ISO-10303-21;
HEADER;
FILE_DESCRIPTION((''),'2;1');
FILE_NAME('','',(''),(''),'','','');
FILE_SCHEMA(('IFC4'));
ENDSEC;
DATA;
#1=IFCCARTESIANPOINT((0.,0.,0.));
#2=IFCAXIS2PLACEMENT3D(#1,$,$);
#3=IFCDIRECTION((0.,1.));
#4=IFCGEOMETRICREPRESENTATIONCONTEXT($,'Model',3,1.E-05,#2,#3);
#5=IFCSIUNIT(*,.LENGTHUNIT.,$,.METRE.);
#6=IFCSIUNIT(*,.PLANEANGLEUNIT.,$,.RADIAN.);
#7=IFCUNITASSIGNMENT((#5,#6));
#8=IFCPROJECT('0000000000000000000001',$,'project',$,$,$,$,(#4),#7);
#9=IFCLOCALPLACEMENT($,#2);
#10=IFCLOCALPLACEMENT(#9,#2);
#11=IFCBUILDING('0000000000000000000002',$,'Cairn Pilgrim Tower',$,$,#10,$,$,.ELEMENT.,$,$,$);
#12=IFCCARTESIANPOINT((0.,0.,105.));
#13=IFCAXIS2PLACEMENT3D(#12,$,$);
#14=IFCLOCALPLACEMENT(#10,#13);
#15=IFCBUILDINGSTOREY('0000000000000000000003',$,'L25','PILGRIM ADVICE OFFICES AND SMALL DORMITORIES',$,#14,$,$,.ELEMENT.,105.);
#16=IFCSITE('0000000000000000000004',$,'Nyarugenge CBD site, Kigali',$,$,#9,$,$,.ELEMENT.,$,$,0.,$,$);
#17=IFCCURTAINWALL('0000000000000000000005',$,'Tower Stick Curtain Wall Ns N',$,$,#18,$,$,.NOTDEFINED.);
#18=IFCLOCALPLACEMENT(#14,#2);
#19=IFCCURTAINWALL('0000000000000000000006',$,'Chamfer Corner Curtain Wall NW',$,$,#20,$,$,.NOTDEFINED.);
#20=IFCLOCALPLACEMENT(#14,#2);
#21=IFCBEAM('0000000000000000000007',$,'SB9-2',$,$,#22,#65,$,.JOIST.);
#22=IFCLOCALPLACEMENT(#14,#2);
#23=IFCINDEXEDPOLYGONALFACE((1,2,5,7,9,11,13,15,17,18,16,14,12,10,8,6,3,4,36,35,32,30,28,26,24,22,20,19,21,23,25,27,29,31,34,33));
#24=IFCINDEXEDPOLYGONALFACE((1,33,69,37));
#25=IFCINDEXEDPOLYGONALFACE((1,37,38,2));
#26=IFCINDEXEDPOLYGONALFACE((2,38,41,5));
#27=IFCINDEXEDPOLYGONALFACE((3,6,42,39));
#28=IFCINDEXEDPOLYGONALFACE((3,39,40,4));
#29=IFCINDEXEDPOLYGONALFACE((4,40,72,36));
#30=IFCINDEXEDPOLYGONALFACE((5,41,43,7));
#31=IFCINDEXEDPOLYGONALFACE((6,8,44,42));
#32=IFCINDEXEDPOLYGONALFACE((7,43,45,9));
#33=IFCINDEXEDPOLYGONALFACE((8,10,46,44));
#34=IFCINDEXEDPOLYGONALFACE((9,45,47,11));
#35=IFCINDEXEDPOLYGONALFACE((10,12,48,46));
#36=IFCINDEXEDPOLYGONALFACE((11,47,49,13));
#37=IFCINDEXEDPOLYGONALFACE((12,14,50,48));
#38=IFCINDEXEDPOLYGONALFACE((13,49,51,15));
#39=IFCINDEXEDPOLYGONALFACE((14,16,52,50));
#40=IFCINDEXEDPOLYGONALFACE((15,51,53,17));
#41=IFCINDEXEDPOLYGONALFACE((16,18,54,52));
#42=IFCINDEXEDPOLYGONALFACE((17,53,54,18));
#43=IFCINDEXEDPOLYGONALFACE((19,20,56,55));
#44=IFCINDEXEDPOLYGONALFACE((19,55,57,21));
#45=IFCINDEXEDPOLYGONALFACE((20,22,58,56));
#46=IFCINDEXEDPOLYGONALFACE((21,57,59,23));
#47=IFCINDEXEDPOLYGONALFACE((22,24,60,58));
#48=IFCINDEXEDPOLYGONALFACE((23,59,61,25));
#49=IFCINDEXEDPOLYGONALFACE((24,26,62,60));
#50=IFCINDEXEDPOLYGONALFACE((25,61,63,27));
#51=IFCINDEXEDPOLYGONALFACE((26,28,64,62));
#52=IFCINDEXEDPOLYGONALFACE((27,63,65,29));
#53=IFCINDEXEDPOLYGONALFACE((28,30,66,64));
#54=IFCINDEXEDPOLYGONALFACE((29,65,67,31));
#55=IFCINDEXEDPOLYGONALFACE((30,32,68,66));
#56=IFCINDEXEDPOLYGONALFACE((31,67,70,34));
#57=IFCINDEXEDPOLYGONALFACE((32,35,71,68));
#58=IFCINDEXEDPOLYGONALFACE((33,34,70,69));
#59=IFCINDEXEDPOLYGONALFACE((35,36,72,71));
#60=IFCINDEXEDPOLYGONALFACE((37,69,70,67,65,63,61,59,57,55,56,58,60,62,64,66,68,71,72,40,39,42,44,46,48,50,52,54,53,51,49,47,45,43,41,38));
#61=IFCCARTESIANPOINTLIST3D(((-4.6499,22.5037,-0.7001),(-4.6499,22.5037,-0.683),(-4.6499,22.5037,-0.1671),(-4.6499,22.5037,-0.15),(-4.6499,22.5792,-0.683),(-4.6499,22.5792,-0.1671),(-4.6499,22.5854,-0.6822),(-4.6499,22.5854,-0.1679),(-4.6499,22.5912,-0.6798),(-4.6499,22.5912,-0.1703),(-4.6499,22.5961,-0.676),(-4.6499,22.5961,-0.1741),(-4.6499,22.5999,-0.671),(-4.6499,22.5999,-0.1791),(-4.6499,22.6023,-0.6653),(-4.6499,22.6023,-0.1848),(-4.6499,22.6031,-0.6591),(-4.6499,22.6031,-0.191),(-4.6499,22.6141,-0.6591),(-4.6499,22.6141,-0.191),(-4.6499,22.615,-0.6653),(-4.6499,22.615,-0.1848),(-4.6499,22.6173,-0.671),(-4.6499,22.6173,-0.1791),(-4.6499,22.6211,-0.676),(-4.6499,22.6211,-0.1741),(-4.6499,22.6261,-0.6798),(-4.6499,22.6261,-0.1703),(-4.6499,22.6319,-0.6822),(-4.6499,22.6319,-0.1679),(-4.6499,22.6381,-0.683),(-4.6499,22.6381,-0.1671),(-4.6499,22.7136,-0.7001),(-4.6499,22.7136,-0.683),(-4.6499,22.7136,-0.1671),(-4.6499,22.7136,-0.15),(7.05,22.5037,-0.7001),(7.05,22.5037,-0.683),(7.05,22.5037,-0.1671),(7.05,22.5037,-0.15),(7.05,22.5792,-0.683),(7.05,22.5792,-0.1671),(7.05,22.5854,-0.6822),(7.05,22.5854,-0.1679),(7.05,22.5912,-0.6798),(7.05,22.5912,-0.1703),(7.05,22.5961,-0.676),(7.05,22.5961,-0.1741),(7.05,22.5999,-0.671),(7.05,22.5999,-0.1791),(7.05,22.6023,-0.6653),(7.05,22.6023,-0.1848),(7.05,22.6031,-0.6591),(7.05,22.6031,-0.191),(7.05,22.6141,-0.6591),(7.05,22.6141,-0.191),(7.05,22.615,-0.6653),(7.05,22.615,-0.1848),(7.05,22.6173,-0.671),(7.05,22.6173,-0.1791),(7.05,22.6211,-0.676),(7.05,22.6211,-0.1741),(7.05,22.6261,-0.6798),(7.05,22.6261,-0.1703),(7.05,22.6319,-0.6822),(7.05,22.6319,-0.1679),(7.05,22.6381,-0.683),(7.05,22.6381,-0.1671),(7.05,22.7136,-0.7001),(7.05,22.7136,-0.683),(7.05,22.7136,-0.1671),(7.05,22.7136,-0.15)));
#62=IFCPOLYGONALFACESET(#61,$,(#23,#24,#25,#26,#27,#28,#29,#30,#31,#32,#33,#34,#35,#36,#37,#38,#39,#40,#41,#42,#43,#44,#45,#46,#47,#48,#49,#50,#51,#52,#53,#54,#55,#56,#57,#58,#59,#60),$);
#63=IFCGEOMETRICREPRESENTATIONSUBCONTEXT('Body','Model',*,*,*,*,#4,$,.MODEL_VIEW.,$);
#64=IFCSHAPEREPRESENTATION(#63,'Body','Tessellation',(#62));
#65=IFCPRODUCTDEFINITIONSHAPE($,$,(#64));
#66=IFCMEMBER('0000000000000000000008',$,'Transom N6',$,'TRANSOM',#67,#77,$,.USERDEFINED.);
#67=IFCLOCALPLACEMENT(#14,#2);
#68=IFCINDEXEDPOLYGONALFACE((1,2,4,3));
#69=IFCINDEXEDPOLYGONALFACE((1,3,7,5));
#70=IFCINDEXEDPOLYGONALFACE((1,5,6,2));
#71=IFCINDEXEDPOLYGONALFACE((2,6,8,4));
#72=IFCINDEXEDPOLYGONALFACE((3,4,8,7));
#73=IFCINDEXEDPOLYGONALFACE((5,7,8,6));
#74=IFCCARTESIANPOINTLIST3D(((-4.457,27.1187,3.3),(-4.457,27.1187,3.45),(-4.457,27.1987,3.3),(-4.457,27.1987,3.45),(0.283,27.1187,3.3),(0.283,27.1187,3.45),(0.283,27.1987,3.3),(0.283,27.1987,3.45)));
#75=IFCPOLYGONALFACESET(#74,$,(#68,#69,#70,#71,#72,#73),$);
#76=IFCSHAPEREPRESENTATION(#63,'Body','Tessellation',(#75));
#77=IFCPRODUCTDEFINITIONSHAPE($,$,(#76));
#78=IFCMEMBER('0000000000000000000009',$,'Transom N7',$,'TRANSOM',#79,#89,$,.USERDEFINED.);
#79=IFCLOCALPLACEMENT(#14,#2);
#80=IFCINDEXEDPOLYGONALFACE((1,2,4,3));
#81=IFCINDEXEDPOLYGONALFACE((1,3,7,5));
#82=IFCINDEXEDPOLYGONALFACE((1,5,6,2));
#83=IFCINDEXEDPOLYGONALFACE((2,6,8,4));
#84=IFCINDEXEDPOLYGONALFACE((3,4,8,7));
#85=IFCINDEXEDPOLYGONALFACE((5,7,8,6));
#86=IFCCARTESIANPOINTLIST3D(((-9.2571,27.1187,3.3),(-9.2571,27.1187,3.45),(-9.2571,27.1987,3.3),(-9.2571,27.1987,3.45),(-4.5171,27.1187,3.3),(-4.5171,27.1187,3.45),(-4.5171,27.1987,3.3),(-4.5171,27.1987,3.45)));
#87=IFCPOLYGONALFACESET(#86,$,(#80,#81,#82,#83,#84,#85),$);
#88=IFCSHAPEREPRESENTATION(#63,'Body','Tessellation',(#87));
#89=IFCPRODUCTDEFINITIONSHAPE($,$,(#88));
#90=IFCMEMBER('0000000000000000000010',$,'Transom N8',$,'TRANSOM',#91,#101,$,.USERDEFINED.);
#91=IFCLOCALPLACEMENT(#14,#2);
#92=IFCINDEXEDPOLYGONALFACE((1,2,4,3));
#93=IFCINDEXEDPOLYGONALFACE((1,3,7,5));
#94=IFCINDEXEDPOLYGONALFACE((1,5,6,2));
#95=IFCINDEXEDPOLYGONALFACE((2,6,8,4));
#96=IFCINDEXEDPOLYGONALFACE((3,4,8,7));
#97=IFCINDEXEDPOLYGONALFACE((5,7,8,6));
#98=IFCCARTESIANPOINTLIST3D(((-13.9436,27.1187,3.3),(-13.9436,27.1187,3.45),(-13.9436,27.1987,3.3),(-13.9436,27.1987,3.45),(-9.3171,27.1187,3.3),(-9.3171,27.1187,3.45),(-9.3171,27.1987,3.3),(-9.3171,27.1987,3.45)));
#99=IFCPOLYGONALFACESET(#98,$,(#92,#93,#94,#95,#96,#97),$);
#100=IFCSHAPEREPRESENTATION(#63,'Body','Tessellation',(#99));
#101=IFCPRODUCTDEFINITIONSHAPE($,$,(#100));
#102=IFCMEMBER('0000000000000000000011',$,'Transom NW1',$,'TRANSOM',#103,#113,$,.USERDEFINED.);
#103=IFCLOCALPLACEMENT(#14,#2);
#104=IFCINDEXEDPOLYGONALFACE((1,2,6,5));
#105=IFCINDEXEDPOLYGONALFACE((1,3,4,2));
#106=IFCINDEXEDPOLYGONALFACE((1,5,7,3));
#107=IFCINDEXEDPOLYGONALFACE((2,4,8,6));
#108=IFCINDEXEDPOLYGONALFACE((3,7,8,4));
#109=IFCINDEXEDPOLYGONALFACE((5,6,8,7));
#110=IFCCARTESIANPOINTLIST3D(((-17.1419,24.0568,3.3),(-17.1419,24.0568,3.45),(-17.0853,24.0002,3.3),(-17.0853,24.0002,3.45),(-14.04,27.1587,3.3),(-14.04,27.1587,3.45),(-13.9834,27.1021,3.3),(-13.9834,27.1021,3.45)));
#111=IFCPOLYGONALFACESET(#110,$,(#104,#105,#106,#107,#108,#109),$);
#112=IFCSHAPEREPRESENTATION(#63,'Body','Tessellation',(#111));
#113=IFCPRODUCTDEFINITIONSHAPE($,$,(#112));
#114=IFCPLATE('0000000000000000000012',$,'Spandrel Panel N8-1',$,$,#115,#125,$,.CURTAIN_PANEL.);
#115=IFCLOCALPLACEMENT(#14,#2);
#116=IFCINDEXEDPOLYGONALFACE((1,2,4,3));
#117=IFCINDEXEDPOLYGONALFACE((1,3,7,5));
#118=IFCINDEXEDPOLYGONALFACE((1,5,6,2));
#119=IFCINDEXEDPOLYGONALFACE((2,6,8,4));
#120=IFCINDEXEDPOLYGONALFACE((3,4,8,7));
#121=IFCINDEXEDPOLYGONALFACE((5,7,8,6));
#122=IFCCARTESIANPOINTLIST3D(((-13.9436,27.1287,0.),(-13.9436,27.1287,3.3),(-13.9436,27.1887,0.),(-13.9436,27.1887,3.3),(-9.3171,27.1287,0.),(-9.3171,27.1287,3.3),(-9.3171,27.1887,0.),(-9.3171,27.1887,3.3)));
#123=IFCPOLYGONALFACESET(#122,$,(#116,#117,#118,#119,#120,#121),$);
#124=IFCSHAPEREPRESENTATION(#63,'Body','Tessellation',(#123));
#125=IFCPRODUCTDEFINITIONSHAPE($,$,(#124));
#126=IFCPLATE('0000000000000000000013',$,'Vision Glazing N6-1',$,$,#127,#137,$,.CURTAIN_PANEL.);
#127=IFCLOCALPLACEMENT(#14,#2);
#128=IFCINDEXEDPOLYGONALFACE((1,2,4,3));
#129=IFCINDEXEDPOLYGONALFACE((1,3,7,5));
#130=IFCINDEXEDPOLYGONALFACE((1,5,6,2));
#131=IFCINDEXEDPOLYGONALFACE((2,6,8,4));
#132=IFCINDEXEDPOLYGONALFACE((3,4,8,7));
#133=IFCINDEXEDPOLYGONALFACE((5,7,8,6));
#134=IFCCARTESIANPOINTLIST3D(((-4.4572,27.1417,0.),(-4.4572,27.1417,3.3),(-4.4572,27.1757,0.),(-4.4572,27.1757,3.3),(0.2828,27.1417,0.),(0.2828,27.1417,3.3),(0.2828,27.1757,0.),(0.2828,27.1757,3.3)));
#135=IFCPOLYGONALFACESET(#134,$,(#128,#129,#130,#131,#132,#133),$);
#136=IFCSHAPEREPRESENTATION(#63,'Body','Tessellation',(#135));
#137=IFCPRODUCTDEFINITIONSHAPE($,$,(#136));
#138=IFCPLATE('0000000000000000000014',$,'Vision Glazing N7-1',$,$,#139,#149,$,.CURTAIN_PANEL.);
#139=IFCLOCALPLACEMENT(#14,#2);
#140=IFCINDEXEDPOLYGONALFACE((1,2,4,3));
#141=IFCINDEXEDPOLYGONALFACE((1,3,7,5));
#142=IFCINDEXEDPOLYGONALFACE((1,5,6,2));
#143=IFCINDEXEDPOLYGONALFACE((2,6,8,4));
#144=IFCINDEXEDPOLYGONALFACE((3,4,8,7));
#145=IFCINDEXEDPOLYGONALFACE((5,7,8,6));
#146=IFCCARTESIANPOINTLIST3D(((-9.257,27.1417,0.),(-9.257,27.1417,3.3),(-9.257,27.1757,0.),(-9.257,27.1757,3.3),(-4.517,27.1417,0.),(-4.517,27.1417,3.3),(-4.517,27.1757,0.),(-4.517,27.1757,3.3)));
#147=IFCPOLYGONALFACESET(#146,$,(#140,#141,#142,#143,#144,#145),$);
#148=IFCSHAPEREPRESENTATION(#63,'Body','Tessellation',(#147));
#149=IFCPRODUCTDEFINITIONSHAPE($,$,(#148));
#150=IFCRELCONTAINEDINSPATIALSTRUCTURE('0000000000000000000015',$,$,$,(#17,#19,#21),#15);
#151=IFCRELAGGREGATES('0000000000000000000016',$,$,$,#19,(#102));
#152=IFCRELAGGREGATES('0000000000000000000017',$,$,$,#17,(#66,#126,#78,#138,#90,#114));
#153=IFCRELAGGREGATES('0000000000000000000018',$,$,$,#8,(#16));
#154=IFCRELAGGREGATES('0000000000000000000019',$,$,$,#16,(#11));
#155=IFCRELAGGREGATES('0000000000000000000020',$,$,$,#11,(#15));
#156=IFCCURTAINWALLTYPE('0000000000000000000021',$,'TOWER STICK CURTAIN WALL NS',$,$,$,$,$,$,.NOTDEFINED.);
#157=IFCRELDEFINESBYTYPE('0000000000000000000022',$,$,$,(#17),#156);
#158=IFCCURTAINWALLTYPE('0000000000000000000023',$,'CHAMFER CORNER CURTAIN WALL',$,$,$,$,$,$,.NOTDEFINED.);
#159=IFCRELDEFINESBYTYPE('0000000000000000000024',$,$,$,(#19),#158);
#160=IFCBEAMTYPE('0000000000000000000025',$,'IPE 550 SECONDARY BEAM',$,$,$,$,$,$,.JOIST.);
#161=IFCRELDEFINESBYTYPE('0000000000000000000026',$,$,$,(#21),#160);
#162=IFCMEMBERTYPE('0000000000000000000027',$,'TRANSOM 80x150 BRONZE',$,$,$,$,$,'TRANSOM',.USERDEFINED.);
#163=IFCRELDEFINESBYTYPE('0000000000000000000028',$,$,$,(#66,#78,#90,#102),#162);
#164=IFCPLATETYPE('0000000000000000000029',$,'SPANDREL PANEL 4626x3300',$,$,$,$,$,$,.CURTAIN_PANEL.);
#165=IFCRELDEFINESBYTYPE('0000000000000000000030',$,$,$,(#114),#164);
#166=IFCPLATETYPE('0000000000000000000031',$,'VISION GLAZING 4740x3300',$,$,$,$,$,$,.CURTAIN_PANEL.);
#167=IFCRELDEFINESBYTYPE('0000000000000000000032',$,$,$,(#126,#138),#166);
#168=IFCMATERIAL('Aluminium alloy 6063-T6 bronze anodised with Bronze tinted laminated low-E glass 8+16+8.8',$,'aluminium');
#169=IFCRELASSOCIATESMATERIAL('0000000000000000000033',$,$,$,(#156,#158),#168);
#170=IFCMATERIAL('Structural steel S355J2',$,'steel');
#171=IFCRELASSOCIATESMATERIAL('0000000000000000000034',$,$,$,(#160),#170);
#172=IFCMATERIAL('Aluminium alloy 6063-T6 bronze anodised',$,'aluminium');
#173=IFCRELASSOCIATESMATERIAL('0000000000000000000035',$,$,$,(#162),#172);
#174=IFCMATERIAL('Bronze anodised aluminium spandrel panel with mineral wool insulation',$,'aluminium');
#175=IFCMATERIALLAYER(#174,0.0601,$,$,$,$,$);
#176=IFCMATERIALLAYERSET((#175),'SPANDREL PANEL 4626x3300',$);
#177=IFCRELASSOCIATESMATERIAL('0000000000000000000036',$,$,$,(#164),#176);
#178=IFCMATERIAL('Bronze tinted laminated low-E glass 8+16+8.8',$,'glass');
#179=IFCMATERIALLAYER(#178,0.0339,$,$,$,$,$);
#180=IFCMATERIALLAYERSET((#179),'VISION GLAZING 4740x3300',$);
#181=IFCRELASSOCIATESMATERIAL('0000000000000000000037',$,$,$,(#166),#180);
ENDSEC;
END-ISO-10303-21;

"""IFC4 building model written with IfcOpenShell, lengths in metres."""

from ifc_helpers import new_model, si_unit, direction, frame, origin, origin_2d, place, context, subcontext, project, spatial, rectangle, i_section, extrude, material, layer, layer_set, material_profile, profile_set, type_object, element, aggregate, save


model = new_model("IFC4")

# Units and contexts
model_context = context("Model", 3, precision=1e-05, world=origin(), true_north=direction((0.0, 1.0)))
body_context = subcontext(model_context, "Body", "Model", "MODEL_VIEW")
ifc_project = project(units=[si_unit("LENGTHUNIT", "METRE"), si_unit("PLANEANGLEUNIT", "RADIAN")], contexts=[model_context])

# Site, building, storey
site_placement = place(None, origin())
site = spatial("IfcSite", under=ifc_project, at=site_placement, Name="Nyarugenge CBD site, Kigali", CompositionType="ELEMENT", RefElevation=0.0)
building_placement = place(site_placement, origin())
building = spatial("IfcBuilding", under=site, at=building_placement, Name="Cairn Pilgrim Tower", CompositionType="ELEMENT")
storey_placement = place(building_placement, frame((0.0, 0.0, 105.0)))
storey = spatial("IfcBuildingStorey", under=building, at=storey_placement, Name="L25", Description="PILGRIM ADVICE OFFICES AND SMALL DORMITORIES", CompositionType="ELEMENT", Elevation=105.0)

# Shared definitions
ifc_material_1 = material(Name="Structural steel S355J2", Category="steel")

# Curtain wall
ifc_material_2 = material(Name="Aluminium alloy 6063-T6 bronze anodised with Bronze tinted laminated low-E glass 8+16+8.8", Category="aluminium")
curtain_wall_type_1 = type_object("IfcCurtainWallType", Name="TOWER STICK CURTAIN WALL NS", PredefinedType="NOTDEFINED", material=ifc_material_2)
curtain_wall_1_placement = place(storey_placement, origin())
curtain_wall_1 = element("IfcCurtainWall", 1, at=curtain_wall_1_placement, inside=storey, type_object=curtain_wall_type_1, Name="Tower Stick Curtain Wall Ns N", PredefinedType="NOTDEFINED")
ifc_material_3 = material(Name="Aluminium alloy 6063-T6 bronze anodised", Category="aluminium")

# Curtain wall
curtain_wall_type_2 = type_object("IfcCurtainWallType", Name="CHAMFER CORNER CURTAIN WALL", PredefinedType="NOTDEFINED", material=ifc_material_2)
curtain_wall_2_placement = place(storey_placement, origin())
curtain_wall_2 = element("IfcCurtainWall", 2, at=curtain_wall_2_placement, inside=storey, type_object=curtain_wall_type_2, Name="Chamfer Corner Curtain Wall NW", PredefinedType="NOTDEFINED")

# Beam
ifc_material_profile_1 = material_profile(ifc_material_1, i_section(OverallWidth=0.21, OverallDepth=0.55, WebThickness=0.011, FlangeThickness=0.0171, FilletRadius=0.0239, at=origin_2d()), Name="IPE 550")
ifc_profile_set_1 = profile_set([ifc_material_profile_1], Name="Structural steel S355J2")
beam_type_1 = type_object("IfcBeamType", Name="IPE 550 SECONDARY BEAM", PredefinedType="JOIST", material=ifc_profile_set_1)
for number, where, z_axis, x_axis, name in (
    (3, (-4.6499, 22.6086, -0.425), (1.0, 0.0, 0.0), (0.0, 1.0, 0.0), "SB9-2"),
):
    element("IfcBeam", number, at=place(storey_placement, frame(where, z_axis=z_axis, x_axis=x_axis)), inside=storey, type_object=beam_type_1, Name=name, PredefinedType="JOIST", context=body_context, shape_type="SweptSolid", body=[
        extrude(i_section(OverallWidth=0.21, OverallDepth=0.55, WebThickness=0.011, FlangeThickness=0.0171, FilletRadius=0.0239, at=origin_2d()), origin(), (0.0, 0.0, 1.0), 11.7),
    ])

# Members
ifc_material_profile_2 = material_profile(ifc_material_3, rectangle(XDim=0.0801, YDim=0.1499, at=origin_2d()), Name="TRANSOM 80x150 BRONZE")
ifc_profile_set_2 = profile_set([ifc_material_profile_2], Name="Aluminium alloy 6063-T6 bronze anodised")
member_type_1 = type_object("IfcMemberType", Name="TRANSOM 80x150 BRONZE", ElementType="TRANSOM", PredefinedType="USERDEFINED", material=ifc_profile_set_2)
member_1_placement = place(storey_placement, frame((0.283, 27.1587, 3.375), z_axis=(-1.0, 0.0, 0.0), x_axis=(0.0, -1.0, 0.0)))
member_1 = element("IfcMember", 4, at=member_1_placement, type_object=member_type_1, Name="Transom N6", ObjectType="TRANSOM", PredefinedType="USERDEFINED", context=body_context, shape_type="SweptSolid", body=[
    extrude(rectangle(XDim=0.0801, YDim=0.1499, at=origin_2d()), origin(), (0.0, 0.0, 1.0), 4.74),
])
member_2_placement = place(storey_placement, frame((-4.5171, 27.1587, 3.375), z_axis=(-1.0, 0.0, 0.0), x_axis=(0.0, -1.0, 0.0)))
member_2 = element("IfcMember", 5, at=member_2_placement, type_object=member_type_1, Name="Transom N7", ObjectType="TRANSOM", PredefinedType="USERDEFINED", context=body_context, shape_type="SweptSolid", body=[
    extrude(rectangle(XDim=0.0801, YDim=0.1499, at=origin_2d()), origin(), (0.0, 0.0, 1.0), 4.74),
])
member_3_placement = place(storey_placement, frame((-9.3171, 27.1587, 3.375), z_axis=(-1.0, 0.0, 0.0), x_axis=(0.0, -1.0, 0.0)))
member_3 = element("IfcMember", 6, at=member_3_placement, type_object=member_type_1, Name="Transom N8", ObjectType="TRANSOM", PredefinedType="USERDEFINED", context=body_context, shape_type="SweptSolid", body=[
    extrude(rectangle(XDim=0.0801, YDim=0.1499, at=origin_2d()), origin(), (0.0, 0.0, 1.0), 4.6265),
])
member_4_placement = place(storey_placement, frame((-14.0117, 27.1304, 3.375), z_axis=(-0.707107, -0.707107, 0.0), x_axis=(0.707107, -0.707107, 0.0)))
member_4 = element("IfcMember", 7, at=member_4_placement, type_object=member_type_1, Name="Transom NW1", ObjectType="TRANSOM", PredefinedType="USERDEFINED", context=body_context, shape_type="SweptSolid", body=[
    extrude(rectangle(XDim=0.0801, YDim=0.1499, at=origin_2d()), origin(), (0.0, 0.0, 1.0), 4.3867),
])
aggregate(curtain_wall_2, [member_4])

# Plates
ifc_material_4 = material(Name="Bronze anodised aluminium spandrel panel with mineral wool insulation", Category="aluminium")
ifc_layer_1 = layer(ifc_material_4, 0.0601)
ifc_layer_set_1 = layer_set([ifc_layer_1], Name="SPANDREL PANEL 4626x3300")
plate_type_1 = type_object("IfcPlateType", Name="SPANDREL PANEL 4626x3300", PredefinedType="CURTAIN_PANEL", material=ifc_layer_set_1)
plate_1_placement = place(storey_placement, frame((-11.6304, 27.1587, 0.0), z_axis=(0.0, 0.0, 1.0), x_axis=(-1.0, 0.0, 0.0)))
plate_1 = element("IfcPlate", 8, at=plate_1_placement, type_object=plate_type_1, Name="Spandrel Panel N8-1", PredefinedType="CURTAIN_PANEL", context=body_context, shape_type="SweptSolid", body=[
    extrude(rectangle(XDim=4.6265, YDim=0.0601, at=origin_2d()), origin(), (0.0, 0.0, 1.0), 3.3),
])
ifc_material_5 = material(Name="Bronze tinted laminated low-E glass 8+16+8.8", Category="glass")
ifc_layer_2 = layer(ifc_material_5, 0.0339)
ifc_layer_set_2 = layer_set([ifc_layer_2], Name="VISION GLAZING 4740x3300")
plate_type_2 = type_object("IfcPlateType", Name="VISION GLAZING 4740x3300", PredefinedType="CURTAIN_PANEL", material=ifc_layer_set_2)
plate_2_placement = place(storey_placement, frame((-2.0872, 27.1587, 0.0), z_axis=(0.0, 0.0, 1.0), x_axis=(-1.0, 0.0, 0.0)))
plate_2 = element("IfcPlate", 9, at=plate_2_placement, type_object=plate_type_2, Name="Vision Glazing N6-1", PredefinedType="CURTAIN_PANEL", context=body_context, shape_type="SweptSolid", body=[
    extrude(rectangle(XDim=4.74, YDim=0.0339, at=origin_2d()), origin(), (0.0, 0.0, 1.0), 3.3),
])
plate_3_placement = place(storey_placement, frame((-6.887, 27.1587, 0.0), z_axis=(0.0, 0.0, 1.0), x_axis=(-1.0, 0.0, 0.0)))
plate_3 = element("IfcPlate", 10, at=plate_3_placement, type_object=plate_type_2, Name="Vision Glazing N7-1", PredefinedType="CURTAIN_PANEL", context=body_context, shape_type="SweptSolid", body=[
    extrude(rectangle(XDim=4.74, YDim=0.0339, at=origin_2d()), origin(), (0.0, 0.0, 1.0), 3.3),
])
aggregate(curtain_wall_1, [member_1, plate_2, member_2, plate_3, member_3, plate_1])

save(model, "model.ifc")
